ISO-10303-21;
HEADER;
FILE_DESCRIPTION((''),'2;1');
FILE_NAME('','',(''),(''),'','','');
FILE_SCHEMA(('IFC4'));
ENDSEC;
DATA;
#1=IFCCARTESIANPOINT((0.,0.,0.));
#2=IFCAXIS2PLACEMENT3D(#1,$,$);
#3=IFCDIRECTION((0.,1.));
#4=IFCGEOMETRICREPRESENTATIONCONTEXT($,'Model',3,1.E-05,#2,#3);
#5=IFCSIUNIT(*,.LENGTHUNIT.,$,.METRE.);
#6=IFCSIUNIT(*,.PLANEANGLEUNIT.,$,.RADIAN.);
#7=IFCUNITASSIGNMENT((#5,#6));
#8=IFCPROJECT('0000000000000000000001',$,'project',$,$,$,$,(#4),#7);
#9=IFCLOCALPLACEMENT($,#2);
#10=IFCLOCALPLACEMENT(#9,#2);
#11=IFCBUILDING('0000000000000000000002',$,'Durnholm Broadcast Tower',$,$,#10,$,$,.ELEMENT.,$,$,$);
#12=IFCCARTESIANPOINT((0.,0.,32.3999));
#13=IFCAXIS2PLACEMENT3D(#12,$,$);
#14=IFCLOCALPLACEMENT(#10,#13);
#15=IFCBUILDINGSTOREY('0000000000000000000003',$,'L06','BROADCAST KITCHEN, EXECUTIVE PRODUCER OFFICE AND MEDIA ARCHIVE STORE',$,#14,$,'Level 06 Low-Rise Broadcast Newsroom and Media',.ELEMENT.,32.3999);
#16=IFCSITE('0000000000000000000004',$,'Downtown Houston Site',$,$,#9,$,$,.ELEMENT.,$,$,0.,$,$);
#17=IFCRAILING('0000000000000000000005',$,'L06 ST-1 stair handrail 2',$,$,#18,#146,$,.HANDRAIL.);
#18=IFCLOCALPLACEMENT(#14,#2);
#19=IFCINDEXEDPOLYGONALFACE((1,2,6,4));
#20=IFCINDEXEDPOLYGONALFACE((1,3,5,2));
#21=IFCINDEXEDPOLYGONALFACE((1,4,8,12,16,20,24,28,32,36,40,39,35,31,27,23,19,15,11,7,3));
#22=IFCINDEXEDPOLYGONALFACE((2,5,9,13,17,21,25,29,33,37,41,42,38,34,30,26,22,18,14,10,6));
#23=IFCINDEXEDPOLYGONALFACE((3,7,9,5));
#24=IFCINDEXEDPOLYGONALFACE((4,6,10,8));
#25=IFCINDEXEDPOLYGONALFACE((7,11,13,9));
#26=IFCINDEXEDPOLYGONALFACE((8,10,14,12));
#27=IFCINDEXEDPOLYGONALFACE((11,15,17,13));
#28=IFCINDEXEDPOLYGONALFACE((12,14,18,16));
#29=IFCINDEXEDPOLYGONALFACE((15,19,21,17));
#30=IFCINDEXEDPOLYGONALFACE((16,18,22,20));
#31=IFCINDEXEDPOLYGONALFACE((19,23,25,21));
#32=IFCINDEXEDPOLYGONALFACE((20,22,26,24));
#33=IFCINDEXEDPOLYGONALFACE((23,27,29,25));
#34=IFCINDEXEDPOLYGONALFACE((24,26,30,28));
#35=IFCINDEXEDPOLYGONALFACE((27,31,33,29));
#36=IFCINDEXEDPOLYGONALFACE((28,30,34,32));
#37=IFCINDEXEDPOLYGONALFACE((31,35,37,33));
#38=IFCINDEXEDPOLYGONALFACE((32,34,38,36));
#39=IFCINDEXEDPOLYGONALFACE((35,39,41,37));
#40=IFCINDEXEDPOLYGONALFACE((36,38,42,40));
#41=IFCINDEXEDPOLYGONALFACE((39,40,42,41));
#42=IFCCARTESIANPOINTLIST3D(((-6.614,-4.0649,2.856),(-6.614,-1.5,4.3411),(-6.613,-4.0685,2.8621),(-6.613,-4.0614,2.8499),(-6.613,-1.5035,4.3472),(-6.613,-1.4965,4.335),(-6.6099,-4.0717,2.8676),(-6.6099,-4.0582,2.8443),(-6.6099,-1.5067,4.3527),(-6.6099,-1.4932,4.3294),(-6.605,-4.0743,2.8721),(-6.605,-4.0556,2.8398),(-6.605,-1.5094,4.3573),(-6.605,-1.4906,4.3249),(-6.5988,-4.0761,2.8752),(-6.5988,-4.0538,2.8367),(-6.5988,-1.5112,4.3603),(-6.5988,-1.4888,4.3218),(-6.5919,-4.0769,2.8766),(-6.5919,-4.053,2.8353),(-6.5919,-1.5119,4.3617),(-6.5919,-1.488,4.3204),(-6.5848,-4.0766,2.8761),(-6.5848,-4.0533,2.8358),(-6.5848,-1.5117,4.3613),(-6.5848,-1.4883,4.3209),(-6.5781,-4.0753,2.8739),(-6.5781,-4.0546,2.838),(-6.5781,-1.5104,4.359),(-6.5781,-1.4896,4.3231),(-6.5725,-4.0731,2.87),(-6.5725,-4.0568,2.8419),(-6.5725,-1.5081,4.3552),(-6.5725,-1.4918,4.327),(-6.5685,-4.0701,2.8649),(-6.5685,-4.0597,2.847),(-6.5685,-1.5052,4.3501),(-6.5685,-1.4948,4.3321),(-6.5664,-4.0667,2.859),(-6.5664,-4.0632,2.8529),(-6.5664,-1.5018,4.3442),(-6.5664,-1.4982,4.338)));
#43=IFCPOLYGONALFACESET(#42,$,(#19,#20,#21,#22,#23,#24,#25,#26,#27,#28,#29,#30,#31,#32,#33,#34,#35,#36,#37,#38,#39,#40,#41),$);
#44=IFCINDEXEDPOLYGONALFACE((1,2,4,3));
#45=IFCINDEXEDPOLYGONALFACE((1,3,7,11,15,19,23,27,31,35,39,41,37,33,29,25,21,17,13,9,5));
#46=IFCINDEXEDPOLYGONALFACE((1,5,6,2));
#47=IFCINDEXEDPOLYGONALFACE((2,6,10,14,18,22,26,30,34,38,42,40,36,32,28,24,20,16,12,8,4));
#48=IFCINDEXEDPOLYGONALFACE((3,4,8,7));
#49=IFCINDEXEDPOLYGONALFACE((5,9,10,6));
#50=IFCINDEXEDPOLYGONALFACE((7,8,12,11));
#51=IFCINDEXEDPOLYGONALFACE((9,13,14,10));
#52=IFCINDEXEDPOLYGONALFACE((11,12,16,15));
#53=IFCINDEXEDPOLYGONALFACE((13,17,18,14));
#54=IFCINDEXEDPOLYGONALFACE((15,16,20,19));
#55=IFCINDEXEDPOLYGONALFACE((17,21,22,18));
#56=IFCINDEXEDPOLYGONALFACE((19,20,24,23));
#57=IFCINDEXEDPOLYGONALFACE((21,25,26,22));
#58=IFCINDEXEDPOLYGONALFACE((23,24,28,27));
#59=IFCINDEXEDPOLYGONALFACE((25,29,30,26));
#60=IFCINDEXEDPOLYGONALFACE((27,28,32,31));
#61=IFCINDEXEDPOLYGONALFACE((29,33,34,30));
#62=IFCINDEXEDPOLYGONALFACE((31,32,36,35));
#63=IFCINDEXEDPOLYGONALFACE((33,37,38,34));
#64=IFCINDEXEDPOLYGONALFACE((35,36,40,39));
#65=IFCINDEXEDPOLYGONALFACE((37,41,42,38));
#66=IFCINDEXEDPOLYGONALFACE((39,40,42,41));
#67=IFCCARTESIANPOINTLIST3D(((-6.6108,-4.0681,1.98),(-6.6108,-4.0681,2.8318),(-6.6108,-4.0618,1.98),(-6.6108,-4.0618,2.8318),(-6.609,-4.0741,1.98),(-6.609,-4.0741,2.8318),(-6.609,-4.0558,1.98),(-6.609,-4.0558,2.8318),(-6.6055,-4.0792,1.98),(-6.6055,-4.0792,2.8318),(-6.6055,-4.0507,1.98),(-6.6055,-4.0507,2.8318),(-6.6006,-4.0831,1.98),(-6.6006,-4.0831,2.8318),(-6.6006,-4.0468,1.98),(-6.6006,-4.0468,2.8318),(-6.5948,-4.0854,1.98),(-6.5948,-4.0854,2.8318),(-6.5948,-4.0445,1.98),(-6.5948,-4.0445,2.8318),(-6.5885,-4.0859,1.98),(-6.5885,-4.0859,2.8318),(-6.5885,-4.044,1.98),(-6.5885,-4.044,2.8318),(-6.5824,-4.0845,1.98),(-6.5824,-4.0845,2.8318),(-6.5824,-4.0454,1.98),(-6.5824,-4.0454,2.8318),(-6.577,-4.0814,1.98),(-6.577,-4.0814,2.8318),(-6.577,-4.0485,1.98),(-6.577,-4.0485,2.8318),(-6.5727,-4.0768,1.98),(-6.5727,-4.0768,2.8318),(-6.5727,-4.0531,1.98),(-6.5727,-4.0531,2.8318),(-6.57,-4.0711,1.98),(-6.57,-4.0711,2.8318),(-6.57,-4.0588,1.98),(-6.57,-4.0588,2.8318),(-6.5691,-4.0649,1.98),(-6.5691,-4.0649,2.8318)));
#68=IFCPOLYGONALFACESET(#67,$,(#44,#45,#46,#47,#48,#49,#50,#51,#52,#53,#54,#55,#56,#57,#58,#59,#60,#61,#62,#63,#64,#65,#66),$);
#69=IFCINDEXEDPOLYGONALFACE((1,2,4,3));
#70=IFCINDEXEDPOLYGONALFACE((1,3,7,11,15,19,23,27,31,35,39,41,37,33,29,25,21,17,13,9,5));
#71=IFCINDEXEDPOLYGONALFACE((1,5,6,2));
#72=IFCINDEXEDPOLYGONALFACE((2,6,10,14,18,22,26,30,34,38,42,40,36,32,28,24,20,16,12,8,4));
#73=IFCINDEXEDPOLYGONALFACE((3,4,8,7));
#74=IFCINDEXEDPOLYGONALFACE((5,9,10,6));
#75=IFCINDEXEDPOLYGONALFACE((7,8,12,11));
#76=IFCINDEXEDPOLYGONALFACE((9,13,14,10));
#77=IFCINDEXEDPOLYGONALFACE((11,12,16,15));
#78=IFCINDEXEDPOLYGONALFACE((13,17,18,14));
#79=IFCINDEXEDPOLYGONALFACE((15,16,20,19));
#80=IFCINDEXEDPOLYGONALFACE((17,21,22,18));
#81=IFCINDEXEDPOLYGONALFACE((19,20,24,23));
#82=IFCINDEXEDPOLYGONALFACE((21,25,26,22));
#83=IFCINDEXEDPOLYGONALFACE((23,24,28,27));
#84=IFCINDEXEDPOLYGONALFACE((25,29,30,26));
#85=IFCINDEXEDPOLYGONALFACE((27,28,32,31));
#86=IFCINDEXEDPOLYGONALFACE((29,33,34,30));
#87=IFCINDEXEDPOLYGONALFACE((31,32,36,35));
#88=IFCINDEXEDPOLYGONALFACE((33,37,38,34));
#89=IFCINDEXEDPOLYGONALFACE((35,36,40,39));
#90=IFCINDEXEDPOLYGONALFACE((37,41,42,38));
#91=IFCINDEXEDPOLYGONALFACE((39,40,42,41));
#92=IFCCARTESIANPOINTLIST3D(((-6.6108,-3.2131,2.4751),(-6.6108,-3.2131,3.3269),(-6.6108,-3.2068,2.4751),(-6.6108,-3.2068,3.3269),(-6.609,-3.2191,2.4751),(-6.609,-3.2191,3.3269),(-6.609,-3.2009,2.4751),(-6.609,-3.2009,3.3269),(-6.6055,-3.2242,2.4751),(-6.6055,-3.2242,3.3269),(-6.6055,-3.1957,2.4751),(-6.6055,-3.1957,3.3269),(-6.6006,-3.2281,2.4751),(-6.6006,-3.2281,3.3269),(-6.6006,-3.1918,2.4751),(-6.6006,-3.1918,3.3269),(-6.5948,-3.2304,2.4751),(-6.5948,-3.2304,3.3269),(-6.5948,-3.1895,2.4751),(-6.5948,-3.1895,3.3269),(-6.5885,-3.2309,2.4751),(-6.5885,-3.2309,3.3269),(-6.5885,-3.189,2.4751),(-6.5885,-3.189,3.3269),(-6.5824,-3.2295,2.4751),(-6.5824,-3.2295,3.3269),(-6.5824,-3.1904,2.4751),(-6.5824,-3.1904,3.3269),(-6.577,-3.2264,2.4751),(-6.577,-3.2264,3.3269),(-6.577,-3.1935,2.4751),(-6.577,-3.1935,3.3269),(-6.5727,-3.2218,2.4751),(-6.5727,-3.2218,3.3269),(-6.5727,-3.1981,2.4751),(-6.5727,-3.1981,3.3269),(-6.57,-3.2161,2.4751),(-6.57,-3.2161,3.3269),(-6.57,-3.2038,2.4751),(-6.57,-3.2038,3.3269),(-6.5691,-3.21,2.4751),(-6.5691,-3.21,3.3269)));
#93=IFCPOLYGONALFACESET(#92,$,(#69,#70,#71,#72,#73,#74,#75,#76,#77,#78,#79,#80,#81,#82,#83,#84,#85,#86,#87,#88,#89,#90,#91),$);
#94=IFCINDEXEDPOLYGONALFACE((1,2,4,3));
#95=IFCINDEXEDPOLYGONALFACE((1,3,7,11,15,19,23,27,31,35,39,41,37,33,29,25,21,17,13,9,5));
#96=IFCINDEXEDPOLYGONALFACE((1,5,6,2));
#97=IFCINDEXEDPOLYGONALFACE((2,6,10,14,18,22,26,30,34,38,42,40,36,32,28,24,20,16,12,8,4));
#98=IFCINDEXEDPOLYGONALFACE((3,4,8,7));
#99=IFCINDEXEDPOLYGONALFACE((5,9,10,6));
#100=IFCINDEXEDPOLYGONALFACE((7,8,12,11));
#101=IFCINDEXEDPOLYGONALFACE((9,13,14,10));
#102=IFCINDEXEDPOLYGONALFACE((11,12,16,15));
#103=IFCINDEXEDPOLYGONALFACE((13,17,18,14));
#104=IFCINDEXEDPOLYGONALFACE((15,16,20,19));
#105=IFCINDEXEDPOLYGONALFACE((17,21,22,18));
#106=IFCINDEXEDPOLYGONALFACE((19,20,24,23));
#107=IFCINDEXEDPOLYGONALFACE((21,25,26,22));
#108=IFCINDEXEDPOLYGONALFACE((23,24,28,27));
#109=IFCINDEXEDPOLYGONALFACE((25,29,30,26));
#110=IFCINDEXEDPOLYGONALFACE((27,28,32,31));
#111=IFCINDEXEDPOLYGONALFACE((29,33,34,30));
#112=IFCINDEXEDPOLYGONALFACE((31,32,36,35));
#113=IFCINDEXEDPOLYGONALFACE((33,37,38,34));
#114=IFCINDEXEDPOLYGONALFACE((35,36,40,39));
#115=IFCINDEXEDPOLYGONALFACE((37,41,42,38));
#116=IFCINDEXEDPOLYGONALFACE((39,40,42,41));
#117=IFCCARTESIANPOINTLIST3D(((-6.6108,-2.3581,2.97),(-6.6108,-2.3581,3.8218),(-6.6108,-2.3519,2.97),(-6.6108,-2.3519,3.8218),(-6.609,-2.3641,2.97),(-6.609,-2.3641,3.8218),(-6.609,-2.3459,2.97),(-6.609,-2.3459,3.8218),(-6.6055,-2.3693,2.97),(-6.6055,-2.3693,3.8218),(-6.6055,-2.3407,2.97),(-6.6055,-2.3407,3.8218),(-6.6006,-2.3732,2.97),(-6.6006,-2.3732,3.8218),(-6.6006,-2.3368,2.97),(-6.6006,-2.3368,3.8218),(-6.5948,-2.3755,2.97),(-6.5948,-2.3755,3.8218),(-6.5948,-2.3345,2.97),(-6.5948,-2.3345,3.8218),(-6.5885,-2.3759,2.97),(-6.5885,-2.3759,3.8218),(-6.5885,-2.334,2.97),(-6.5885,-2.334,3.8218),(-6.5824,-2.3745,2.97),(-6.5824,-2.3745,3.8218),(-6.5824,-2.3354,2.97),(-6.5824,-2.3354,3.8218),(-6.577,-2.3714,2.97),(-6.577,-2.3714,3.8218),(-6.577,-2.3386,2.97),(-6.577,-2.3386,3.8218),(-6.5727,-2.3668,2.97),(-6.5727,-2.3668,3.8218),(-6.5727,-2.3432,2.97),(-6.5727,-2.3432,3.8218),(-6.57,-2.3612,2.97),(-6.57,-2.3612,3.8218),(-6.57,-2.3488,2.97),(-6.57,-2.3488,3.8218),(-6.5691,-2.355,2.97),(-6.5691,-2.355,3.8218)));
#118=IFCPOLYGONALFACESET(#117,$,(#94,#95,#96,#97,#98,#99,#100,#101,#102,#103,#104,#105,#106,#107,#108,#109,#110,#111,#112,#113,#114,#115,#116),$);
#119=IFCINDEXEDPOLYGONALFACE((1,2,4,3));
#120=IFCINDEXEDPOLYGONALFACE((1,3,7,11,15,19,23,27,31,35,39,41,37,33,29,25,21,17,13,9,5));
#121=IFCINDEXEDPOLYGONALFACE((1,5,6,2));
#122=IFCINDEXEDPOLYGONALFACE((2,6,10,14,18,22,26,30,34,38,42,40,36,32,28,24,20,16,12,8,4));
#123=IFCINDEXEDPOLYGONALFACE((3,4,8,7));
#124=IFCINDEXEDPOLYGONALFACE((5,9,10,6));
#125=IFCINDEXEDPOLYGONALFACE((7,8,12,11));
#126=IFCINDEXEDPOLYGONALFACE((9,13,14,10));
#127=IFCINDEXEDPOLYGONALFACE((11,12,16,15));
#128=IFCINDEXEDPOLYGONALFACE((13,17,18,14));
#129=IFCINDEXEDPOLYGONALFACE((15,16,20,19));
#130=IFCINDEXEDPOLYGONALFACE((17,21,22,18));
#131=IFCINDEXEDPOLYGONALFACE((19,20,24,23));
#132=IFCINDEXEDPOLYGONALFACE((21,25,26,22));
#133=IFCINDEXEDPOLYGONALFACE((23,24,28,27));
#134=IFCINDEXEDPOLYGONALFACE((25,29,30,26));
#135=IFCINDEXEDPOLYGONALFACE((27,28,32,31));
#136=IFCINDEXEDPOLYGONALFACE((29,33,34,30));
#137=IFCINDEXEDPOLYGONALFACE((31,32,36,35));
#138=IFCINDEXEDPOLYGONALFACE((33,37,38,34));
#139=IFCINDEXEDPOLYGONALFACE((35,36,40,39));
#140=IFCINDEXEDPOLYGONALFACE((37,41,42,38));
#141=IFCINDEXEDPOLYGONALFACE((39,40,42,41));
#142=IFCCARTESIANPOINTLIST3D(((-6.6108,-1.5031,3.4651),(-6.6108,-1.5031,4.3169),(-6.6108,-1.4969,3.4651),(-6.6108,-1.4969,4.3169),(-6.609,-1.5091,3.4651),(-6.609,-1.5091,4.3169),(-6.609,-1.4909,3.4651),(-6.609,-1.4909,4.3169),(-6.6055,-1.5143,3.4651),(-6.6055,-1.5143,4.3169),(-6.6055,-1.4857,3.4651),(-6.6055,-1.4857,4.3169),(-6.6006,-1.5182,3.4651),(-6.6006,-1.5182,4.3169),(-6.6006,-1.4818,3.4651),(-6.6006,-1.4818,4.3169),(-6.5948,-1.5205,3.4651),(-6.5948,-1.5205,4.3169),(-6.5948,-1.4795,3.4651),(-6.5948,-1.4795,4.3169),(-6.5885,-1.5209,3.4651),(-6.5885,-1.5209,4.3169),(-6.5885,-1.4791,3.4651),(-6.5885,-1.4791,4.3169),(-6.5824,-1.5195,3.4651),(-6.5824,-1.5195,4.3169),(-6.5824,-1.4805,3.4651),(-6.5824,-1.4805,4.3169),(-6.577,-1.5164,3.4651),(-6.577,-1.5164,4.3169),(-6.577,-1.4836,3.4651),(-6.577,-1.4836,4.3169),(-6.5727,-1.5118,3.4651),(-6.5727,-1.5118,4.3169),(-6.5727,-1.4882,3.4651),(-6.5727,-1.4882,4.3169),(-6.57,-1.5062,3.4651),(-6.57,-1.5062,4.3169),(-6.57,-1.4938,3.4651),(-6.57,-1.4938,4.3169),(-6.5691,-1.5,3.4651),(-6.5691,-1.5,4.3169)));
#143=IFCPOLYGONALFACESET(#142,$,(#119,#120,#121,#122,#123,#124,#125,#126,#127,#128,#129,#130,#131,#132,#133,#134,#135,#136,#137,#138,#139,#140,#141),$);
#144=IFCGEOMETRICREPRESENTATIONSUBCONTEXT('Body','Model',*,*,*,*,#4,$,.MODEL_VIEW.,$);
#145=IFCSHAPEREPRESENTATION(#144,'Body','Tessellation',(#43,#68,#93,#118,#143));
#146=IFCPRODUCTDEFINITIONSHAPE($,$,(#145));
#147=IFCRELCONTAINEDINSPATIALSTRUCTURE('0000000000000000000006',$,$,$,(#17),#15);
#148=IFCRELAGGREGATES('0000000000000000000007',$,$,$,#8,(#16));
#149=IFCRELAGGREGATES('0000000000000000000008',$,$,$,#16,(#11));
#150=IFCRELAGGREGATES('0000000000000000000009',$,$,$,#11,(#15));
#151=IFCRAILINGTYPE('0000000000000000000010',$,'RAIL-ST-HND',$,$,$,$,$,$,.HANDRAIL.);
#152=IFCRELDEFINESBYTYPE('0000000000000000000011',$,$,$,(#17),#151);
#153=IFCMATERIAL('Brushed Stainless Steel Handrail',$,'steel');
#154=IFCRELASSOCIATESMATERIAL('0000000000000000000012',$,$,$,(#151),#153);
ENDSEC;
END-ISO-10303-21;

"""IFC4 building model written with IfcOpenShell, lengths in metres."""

from ifc_helpers import new_model, si_unit, direction, frame, origin, origin_2d, place, context, subcontext, project, spatial, circle, extrude, material, type_object, element, save


model = new_model("IFC4")

# Units and contexts
model_context = context("Model", 3, precision=1e-05, world=origin(), true_north=direction((0.0, 1.0)))
body_context = subcontext(model_context, "Body", "Model", "MODEL_VIEW")
ifc_project = project(units=[si_unit("LENGTHUNIT", "METRE"), si_unit("PLANEANGLEUNIT", "RADIAN")], contexts=[model_context])

# Site, building, storey
site_placement = place(None, origin())
site = spatial("IfcSite", under=ifc_project, at=site_placement, Name="Downtown Houston Site", CompositionType="ELEMENT", RefElevation=0.0)
building_placement = place(site_placement, origin())
building = spatial("IfcBuilding", under=site, at=building_placement, Name="Durnholm Broadcast Tower", CompositionType="ELEMENT")
storey_placement = place(building_placement, frame((0.0, 0.0, 32.3999)))
storey = spatial("IfcBuildingStorey", under=building, at=storey_placement, Name="L06", Description="BROADCAST KITCHEN, EXECUTIVE PRODUCER OFFICE AND MEDIA ARCHIVE STORE", LongName="Level 06 Low-Rise Broadcast Newsroom and Media", CompositionType="ELEMENT", Elevation=32.3999)

# Railing
ifc_material_1 = material(Name="Brushed Stainless Steel Handrail", Category="steel")
railing_type_1 = type_object("IfcRailingType", Name="RAIL-ST-HND", PredefinedType="HANDRAIL", material=ifc_material_1)
railing_1_placement = place(storey_placement, frame((-6.5901, -4.0649, 1.98)))
element("IfcRailing", 1, at=railing_1_placement, inside=storey, type_object=railing_type_1, Name="L06 ST-1 stair handrail 2", PredefinedType="HANDRAIL", context=body_context, shape_type="SweptSolid", body=[
    extrude(circle(Radius=0.0239, at=origin_2d()), frame((0.0, 0.0, 0.876), z_axis=(0.0, 0.865406, 0.501072), x_axis=(-1.0, 0.0, 0.0)), (0.0, 0.0, 1.0), 2.9639),
    extrude(circle(Radius=0.021, at=origin_2d()), origin(), (0.0, 0.0, 1.0), 0.8518),
    extrude(circle(Radius=0.021, at=origin_2d()), frame((0.0, 0.855, 0.4951)), (0.0, 0.0, 1.0), 0.8518),
    extrude(circle(Radius=0.021, at=origin_2d()), frame((0.0, 1.71, 0.99)), (0.0, 0.0, 1.0), 0.8518),
    extrude(circle(Radius=0.021, at=origin_2d()), frame((0.0, 2.5649, 1.4851)), (0.0, 0.0, 1.0), 0.8518),
])

save(model, "model.ifc")
